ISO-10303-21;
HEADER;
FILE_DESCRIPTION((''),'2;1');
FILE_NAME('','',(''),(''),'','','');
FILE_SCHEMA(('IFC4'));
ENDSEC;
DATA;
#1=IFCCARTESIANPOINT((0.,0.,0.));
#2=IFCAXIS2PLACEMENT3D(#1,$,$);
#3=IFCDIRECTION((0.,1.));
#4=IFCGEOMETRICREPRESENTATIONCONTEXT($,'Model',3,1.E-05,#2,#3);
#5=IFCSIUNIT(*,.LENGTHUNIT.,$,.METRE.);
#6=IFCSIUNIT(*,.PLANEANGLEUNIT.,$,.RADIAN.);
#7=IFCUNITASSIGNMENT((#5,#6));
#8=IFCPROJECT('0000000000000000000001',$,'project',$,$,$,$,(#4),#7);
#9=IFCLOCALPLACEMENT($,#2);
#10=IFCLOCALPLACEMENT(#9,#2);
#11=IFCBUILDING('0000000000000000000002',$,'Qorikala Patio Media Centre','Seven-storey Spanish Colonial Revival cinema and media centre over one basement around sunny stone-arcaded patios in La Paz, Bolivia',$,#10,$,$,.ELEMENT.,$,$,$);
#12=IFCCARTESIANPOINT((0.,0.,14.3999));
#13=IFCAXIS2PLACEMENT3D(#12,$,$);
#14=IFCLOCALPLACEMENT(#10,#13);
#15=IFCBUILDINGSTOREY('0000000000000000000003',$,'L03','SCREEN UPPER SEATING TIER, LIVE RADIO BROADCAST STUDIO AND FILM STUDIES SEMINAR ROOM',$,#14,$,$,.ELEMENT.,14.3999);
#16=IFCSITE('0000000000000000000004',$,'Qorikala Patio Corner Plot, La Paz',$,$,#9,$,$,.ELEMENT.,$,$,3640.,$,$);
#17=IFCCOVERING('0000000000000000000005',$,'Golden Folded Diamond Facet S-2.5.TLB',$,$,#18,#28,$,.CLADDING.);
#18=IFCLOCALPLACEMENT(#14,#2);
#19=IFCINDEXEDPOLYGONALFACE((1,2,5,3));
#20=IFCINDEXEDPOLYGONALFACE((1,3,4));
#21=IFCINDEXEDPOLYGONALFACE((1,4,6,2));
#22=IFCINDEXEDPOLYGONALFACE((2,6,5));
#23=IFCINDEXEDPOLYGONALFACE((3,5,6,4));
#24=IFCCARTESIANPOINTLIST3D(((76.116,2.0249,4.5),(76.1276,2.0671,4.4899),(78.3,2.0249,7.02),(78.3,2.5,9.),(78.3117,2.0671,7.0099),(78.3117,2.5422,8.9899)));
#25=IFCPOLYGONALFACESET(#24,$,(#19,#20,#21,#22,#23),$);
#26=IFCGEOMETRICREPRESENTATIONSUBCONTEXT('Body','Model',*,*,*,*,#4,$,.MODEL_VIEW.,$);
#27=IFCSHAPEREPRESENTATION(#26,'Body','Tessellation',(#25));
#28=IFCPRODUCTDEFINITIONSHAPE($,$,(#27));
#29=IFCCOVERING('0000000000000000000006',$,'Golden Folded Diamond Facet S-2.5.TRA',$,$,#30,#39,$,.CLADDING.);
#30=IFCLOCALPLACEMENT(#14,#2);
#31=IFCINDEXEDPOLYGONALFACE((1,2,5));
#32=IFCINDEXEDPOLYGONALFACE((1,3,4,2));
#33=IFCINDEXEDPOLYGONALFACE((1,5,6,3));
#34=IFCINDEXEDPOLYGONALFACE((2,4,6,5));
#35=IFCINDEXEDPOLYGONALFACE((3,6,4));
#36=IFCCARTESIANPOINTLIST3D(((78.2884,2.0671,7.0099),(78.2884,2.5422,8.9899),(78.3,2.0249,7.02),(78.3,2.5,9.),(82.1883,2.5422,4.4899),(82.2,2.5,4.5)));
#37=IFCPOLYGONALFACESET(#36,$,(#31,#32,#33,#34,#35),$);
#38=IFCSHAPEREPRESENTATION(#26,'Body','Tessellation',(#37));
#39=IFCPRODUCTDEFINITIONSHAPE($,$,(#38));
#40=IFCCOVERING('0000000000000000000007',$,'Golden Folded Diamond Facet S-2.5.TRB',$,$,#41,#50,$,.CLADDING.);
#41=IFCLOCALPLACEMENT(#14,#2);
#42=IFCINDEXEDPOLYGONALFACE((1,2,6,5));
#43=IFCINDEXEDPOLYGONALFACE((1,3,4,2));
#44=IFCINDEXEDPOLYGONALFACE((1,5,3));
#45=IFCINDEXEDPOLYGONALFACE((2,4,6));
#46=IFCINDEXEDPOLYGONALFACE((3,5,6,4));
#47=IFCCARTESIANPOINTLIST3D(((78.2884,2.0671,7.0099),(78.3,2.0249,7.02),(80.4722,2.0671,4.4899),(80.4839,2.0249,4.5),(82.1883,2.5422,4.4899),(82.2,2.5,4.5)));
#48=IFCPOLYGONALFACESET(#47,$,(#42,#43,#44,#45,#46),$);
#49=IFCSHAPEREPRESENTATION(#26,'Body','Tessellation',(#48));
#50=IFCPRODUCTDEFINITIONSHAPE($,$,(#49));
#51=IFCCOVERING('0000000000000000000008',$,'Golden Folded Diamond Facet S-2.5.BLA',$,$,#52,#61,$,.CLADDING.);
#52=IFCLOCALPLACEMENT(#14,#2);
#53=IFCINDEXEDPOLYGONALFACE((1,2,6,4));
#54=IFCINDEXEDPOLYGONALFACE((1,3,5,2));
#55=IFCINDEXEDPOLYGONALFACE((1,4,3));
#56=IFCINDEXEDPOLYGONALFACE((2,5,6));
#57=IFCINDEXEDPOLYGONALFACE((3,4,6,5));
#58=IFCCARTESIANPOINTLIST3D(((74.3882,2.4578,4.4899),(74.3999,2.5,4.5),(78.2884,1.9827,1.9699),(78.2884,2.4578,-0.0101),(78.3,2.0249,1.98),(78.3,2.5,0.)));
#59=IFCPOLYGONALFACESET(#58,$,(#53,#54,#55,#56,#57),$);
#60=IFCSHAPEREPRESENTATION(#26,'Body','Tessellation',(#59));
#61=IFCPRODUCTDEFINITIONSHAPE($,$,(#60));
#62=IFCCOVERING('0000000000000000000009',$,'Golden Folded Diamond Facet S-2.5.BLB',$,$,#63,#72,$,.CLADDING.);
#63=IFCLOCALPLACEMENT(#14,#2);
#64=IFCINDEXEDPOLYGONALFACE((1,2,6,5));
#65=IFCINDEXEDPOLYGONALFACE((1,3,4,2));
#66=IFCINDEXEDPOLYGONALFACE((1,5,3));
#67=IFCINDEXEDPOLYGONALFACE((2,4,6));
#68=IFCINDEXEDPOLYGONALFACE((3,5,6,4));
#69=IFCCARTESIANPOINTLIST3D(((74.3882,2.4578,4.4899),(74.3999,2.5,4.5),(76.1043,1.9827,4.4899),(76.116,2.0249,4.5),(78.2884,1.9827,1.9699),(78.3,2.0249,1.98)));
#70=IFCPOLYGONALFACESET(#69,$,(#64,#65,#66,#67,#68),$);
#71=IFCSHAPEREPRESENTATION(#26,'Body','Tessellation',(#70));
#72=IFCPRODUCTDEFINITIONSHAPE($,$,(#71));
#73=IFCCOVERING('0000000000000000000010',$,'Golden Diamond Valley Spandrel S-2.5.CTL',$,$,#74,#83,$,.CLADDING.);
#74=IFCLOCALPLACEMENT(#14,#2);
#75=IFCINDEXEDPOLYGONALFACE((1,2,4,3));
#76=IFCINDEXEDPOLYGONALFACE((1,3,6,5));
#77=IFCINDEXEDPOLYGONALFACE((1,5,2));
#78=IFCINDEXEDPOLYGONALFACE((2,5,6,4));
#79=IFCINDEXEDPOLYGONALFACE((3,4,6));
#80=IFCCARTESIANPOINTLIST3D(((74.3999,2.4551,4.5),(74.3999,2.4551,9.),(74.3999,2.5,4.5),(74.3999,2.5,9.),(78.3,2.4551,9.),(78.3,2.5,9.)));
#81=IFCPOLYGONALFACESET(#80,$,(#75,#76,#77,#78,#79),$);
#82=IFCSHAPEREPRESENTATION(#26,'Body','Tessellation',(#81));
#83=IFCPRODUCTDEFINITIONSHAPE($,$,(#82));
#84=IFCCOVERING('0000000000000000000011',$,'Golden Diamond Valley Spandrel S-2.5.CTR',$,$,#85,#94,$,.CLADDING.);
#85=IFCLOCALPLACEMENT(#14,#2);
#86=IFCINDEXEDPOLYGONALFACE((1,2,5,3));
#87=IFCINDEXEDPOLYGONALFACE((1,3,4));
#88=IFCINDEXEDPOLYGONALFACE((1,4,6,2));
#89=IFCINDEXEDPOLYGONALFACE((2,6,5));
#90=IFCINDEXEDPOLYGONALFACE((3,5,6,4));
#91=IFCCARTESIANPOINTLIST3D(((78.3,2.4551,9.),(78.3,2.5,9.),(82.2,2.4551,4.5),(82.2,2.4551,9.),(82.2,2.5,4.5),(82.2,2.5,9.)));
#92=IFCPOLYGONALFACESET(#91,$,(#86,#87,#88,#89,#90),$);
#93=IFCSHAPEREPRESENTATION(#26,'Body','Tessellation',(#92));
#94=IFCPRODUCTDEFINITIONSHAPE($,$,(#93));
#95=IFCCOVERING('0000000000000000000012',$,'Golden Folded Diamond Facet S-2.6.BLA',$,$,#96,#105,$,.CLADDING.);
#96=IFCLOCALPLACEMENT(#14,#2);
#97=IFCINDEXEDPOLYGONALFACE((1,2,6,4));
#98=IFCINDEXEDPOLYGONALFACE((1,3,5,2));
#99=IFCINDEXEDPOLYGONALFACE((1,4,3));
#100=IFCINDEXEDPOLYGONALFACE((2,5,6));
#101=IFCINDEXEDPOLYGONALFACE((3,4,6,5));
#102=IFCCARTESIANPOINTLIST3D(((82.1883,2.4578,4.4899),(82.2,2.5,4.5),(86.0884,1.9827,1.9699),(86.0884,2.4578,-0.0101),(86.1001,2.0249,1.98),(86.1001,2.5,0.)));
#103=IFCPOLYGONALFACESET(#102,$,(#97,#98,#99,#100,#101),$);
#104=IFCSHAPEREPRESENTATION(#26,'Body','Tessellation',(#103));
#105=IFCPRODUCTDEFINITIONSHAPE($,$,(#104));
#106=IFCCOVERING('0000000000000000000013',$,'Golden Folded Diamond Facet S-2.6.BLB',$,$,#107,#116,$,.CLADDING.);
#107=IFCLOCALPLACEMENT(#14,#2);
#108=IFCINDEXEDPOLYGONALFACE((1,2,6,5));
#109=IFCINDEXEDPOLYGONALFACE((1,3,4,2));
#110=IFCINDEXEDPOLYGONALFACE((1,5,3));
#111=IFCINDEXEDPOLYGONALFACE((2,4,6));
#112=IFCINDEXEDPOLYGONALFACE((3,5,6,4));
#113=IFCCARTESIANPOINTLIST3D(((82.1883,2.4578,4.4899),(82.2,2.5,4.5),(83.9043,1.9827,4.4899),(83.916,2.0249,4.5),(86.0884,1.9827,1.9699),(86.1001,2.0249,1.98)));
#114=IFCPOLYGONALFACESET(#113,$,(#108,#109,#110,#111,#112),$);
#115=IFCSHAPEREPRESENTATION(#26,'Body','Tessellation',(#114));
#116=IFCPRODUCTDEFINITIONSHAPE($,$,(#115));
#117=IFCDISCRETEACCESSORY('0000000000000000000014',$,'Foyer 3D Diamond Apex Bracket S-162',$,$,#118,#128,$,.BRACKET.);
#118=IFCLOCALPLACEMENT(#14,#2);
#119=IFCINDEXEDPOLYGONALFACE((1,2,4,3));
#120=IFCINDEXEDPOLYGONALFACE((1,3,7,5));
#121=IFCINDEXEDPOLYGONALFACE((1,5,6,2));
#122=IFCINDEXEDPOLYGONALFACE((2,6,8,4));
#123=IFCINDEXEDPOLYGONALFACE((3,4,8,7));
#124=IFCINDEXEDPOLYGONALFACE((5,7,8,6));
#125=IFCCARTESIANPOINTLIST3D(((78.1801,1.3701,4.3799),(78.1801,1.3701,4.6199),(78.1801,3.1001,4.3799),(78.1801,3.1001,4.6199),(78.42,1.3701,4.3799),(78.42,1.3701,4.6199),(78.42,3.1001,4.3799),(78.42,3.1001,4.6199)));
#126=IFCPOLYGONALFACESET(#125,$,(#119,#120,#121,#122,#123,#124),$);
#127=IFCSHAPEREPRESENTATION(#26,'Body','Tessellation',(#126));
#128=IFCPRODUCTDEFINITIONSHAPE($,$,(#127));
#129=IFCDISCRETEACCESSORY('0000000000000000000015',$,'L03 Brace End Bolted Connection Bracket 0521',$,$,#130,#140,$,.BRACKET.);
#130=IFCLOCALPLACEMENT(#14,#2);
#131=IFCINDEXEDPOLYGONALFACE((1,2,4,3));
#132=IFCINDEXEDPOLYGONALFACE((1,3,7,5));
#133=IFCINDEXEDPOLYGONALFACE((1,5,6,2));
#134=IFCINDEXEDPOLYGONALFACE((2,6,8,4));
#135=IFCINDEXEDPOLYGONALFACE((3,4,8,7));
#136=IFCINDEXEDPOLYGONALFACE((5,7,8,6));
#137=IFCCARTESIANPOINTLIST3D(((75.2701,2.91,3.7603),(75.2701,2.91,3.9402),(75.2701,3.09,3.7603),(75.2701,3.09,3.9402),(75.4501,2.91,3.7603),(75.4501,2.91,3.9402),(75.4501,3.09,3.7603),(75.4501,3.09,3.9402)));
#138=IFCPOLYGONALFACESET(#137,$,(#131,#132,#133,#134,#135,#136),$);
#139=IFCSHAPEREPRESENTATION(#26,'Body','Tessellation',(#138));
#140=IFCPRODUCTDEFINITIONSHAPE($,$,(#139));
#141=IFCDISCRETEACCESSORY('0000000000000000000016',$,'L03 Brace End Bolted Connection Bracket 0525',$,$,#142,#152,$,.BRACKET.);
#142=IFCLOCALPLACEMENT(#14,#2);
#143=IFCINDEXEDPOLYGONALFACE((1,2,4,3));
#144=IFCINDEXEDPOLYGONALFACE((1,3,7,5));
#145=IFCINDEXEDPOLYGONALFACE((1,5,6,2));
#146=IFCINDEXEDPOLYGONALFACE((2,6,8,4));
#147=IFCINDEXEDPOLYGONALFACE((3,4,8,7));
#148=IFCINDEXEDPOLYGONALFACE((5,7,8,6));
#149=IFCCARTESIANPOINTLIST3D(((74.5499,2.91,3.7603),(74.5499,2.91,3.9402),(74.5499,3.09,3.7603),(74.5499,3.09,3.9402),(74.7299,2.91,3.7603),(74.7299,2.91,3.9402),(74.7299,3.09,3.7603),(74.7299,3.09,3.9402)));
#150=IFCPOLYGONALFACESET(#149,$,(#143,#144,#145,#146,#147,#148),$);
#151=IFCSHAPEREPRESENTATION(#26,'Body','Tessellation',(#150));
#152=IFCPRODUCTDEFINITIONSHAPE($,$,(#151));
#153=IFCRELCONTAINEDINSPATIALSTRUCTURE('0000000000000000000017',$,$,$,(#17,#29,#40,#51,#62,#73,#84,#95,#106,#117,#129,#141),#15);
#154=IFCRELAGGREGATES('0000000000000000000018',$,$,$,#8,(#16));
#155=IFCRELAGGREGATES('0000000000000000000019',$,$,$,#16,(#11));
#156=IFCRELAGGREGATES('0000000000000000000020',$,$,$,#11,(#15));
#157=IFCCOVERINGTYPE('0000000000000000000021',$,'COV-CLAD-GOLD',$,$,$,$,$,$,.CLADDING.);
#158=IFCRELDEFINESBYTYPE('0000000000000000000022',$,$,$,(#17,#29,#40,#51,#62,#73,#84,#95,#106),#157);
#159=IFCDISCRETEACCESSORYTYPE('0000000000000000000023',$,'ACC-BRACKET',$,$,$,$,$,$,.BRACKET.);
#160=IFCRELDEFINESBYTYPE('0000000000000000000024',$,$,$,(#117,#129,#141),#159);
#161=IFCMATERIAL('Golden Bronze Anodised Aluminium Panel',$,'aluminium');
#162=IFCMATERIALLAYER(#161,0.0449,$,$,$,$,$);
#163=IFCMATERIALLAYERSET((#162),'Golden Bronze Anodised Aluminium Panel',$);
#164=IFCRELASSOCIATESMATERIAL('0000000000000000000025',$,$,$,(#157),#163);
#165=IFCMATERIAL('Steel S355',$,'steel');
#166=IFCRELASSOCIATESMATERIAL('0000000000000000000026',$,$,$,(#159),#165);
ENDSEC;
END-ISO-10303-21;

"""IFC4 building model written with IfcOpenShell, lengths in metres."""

from ifc_helpers import new_model, si_unit, direction, frame, origin, origin_2d, place, context, subcontext, project, spatial, polyline, rectangle, outline, extrude, material, layer, layer_set, type_object, element, save


model = new_model("IFC4")

# Units and contexts
model_context = context("Model", 3, precision=1e-05, world=origin(), true_north=direction((0.0, 1.0)))
body_context = subcontext(model_context, "Body", "Model", "MODEL_VIEW")
ifc_project = project(units=[si_unit("LENGTHUNIT", "METRE"), si_unit("PLANEANGLEUNIT", "RADIAN")], contexts=[model_context])

# Site, building, storey
site_placement = place(None, origin())
site = spatial("IfcSite", under=ifc_project, at=site_placement, Name="Qorikala Patio Corner Plot, La Paz", CompositionType="ELEMENT", RefElevation=3640.0)
building_placement = place(site_placement, origin())
building = spatial("IfcBuilding", under=site, at=building_placement, Name="Qorikala Patio Media Centre", Description="Seven-storey Spanish Colonial Revival cinema and media centre over one basement around sunny stone-arcaded patios in La Paz, Bolivia", CompositionType="ELEMENT")
storey_placement = place(building_placement, frame((0.0, 0.0, 14.3999)))
storey = spatial("IfcBuildingStorey", under=building, at=storey_placement, Name="L03", Description="SCREEN UPPER SEATING TIER, LIVE RADIO BROADCAST STUDIO AND FILM STUDIES SEMINAR ROOM", CompositionType="ELEMENT", Elevation=14.3999)

# Coverings
ifc_material_1 = material(Name="Golden Bronze Anodised Aluminium Panel", Category="aluminium")
ifc_layer_1 = layer(ifc_material_1, 0.0449)
ifc_layer_set_1 = layer_set([ifc_layer_1], Name="Golden Bronze Anodised Aluminium Panel")
covering_type = type_object("IfcCoveringType", Name="COV-CLAD-GOLD", PredefinedType="CLADDING", material=ifc_layer_set_1)
covering_1_placement = place(storey_placement, frame((78.3, 2.5, 9.0), z_axis=(-0.25996, -0.938966, 0.225306), x_axis=(-0.434684, -0.094556, -0.895606)))
element("IfcCovering", 1, at=covering_1_placement, inside=storey, type_object=covering_type, Name="Golden Folded Diamond Facet S-2.5.TLB", PredefinedType="CLADDING", context=body_context, shape_type="SweptSolid", body=[
    extrude(outline(polyline([(0.0, 0.0), (5.0245, 0.0), (1.8182, 0.9166), (0.0, 0.0)])), origin(), (0.0, 0.0, -1.0), 0.0449),
])
covering_2_placement = place(storey_placement, frame((82.2, 2.5, 4.5), z_axis=(0.259974, -0.938963, 0.225305), x_axis=(-0.654921, 0.0, 0.755697)))
element("IfcCovering", 2, at=covering_2_placement, inside=storey, type_object=covering_type, Name="Golden Folded Diamond Facet S-2.5.TRA", PredefinedType="CLADDING", context=body_context, shape_type="SweptSolid", body=[
    extrude(outline(polyline([(0.0, 0.0), (5.9548, 0.0), (4.4585, 1.381), (0.0, 0.0)])), origin(), (0.0, 0.0, -1.0), 0.0449),
])
covering_3_placement = place(storey_placement, frame((82.2, 2.5, 4.5), z_axis=(0.259958, -0.938974, 0.225278), x_axis=(-0.835546, -0.101789, 0.539909)))
element("IfcCovering", 3, at=covering_3_placement, inside=storey, type_object=covering_type, Name="Golden Folded Diamond Facet S-2.5.TRB", PredefinedType="CLADDING", context=body_context, shape_type="SweptSolid", body=[
    extrude(outline(polyline([(0.0, 0.0), (4.6675, 0.0), (1.4822, 0.9867), (0.0, 0.0)])), origin(), (0.0, 0.0, -1.0), 0.0449),
])
covering_4_placement = place(storey_placement, frame((74.3999, 2.5, 4.5), z_axis=(0.259958, 0.938967, 0.225306), x_axis=(0.654945, 0.0, -0.755677)))
element("IfcCovering", 4, at=covering_4_placement, inside=storey, type_object=covering_type, Name="Golden Folded Diamond Facet S-2.5.BLA", PredefinedType="CLADDING", context=body_context, shape_type="SweptSolid", body=[
    extrude(outline(polyline([(0.0, 0.0), (5.9549, 0.0), (4.4587, -1.3811), (0.0, 0.0)])), origin(), (0.0, 0.0, -1.0), 0.0449),
])
covering_5_placement = place(storey_placement, frame((74.3999, 2.5, 4.5), z_axis=(0.259956, 0.938968, 0.225302), x_axis=(0.835562, -0.101784, -0.539885)))
element("IfcCovering", 5, at=covering_5_placement, inside=storey, type_object=covering_type, Name="Golden Folded Diamond Facet S-2.5.BLB", PredefinedType="CLADDING", context=body_context, shape_type="SweptSolid", body=[
    extrude(outline(polyline([(0.0, 0.0), (4.6677, 0.0), (1.4822, -0.9867), (0.0, 0.0)])), origin(), (0.0, 0.0, -1.0), 0.0449),
])
covering_6_placement = place(storey_placement, frame((74.3999, 2.5, 9.0), z_axis=(0.0, 1.0, 0.0), x_axis=(1.0, 0.0, 0.0)))
element("IfcCovering", 6, at=covering_6_placement, inside=storey, type_object=covering_type, Name="Golden Diamond Valley Spandrel S-2.5.CTL", PredefinedType="CLADDING", context=body_context, shape_type="SweptSolid", body=[
    extrude(outline(polyline([(0.0, 0.0), (3.9001, 0.0), (0.0, 4.5), (0.0, 0.0)])), origin(), (0.0, 0.0, -1.0), 0.0449),
])
covering_7_placement = place(storey_placement, frame((82.2, 2.5, 9.0), z_axis=(0.0, 1.0, 0.0), x_axis=(0.0, 0.0, -1.0)))
element("IfcCovering", 7, at=covering_7_placement, inside=storey, type_object=covering_type, Name="Golden Diamond Valley Spandrel S-2.5.CTR", PredefinedType="CLADDING", context=body_context, shape_type="SweptSolid", body=[
    extrude(outline(polyline([(0.0, 0.0), (4.5, 0.0), (0.0, 3.8999), (0.0, 0.0)])), origin(), (0.0, 0.0, -1.0), 0.0449),
])
covering_8_placement = place(storey_placement, frame((82.2, 2.5, 4.5), z_axis=(0.259958, 0.938967, 0.225306), x_axis=(0.654945, 0.0, -0.755677)))
element("IfcCovering", 8, at=covering_8_placement, inside=storey, type_object=covering_type, Name="Golden Folded Diamond Facet S-2.6.BLA", PredefinedType="CLADDING", context=body_context, shape_type="SweptSolid", body=[
    extrude(outline(polyline([(0.0, 0.0), (5.9549, 0.0), (4.4587, -1.3811), (0.0, 0.0)])), origin(), (0.0, 0.0, -1.0), 0.0449),
])
covering_9_placement = place(storey_placement, frame((82.2, 2.5, 4.5), z_axis=(0.259956, 0.938968, 0.225302), x_axis=(0.835562, -0.101784, -0.539885)))
element("IfcCovering", 9, at=covering_9_placement, inside=storey, type_object=covering_type, Name="Golden Folded Diamond Facet S-2.6.BLB", PredefinedType="CLADDING", context=body_context, shape_type="SweptSolid", body=[
    extrude(outline(polyline([(0.0, 0.0), (4.6677, 0.0), (1.4822, -0.9867), (0.0, 0.0)])), origin(), (0.0, 0.0, -1.0), 0.0449),
])

# Discrete accessories
ifc_material_2 = material(Name="Steel S355", Category="steel")
discrete_accessory_type = type_object("IfcDiscreteAccessoryType", Name="ACC-BRACKET", PredefinedType="BRACKET", material=ifc_material_2)
discrete_accessory_placement = place(storey_placement, frame((78.3, 2.2351, 4.3799), z_axis=(0.0, 0.0, 1.0), x_axis=(1.0, 0.0, 0.0)))
element("IfcDiscreteAccessory", 10, at=discrete_accessory_placement, inside=storey, type_object=discrete_accessory_type, Name="Foyer 3D Diamond Apex Bracket S-162", PredefinedType="BRACKET", context=body_context, shape_type="SweptSolid", body=[
    extrude(rectangle(XDim=0.24, YDim=1.73, at=origin_2d()), origin(), (0.0, 0.0, 1.0), 0.24),
])
for number, where, z_axis, x_axis, name in (
    (11, (75.3601, 3.0, 3.7603), (0.0, 0.0, 1.0), (1.0, 0.0, 0.0), "L03 Brace End Bolted Connection Bracket 0521"),
    (12, (74.6399, 3.0, 3.7603), (0.0, 0.0, 1.0), (1.0, 0.0, 0.0), "L03 Brace End Bolted Connection Bracket 0525"),
):
    element("IfcDiscreteAccessory", number, at=place(storey_placement, frame(where, z_axis=z_axis, x_axis=x_axis)), inside=storey, type_object=discrete_accessory_type, Name=name, PredefinedType="BRACKET", context=body_context, shape_type="SweptSolid", body=[
        extrude(rectangle(XDim=0.1799, YDim=0.1799, at=origin_2d()), origin(), (0.0, 0.0, 1.0), 0.1799),
    ])

save(model, "model.ifc")
